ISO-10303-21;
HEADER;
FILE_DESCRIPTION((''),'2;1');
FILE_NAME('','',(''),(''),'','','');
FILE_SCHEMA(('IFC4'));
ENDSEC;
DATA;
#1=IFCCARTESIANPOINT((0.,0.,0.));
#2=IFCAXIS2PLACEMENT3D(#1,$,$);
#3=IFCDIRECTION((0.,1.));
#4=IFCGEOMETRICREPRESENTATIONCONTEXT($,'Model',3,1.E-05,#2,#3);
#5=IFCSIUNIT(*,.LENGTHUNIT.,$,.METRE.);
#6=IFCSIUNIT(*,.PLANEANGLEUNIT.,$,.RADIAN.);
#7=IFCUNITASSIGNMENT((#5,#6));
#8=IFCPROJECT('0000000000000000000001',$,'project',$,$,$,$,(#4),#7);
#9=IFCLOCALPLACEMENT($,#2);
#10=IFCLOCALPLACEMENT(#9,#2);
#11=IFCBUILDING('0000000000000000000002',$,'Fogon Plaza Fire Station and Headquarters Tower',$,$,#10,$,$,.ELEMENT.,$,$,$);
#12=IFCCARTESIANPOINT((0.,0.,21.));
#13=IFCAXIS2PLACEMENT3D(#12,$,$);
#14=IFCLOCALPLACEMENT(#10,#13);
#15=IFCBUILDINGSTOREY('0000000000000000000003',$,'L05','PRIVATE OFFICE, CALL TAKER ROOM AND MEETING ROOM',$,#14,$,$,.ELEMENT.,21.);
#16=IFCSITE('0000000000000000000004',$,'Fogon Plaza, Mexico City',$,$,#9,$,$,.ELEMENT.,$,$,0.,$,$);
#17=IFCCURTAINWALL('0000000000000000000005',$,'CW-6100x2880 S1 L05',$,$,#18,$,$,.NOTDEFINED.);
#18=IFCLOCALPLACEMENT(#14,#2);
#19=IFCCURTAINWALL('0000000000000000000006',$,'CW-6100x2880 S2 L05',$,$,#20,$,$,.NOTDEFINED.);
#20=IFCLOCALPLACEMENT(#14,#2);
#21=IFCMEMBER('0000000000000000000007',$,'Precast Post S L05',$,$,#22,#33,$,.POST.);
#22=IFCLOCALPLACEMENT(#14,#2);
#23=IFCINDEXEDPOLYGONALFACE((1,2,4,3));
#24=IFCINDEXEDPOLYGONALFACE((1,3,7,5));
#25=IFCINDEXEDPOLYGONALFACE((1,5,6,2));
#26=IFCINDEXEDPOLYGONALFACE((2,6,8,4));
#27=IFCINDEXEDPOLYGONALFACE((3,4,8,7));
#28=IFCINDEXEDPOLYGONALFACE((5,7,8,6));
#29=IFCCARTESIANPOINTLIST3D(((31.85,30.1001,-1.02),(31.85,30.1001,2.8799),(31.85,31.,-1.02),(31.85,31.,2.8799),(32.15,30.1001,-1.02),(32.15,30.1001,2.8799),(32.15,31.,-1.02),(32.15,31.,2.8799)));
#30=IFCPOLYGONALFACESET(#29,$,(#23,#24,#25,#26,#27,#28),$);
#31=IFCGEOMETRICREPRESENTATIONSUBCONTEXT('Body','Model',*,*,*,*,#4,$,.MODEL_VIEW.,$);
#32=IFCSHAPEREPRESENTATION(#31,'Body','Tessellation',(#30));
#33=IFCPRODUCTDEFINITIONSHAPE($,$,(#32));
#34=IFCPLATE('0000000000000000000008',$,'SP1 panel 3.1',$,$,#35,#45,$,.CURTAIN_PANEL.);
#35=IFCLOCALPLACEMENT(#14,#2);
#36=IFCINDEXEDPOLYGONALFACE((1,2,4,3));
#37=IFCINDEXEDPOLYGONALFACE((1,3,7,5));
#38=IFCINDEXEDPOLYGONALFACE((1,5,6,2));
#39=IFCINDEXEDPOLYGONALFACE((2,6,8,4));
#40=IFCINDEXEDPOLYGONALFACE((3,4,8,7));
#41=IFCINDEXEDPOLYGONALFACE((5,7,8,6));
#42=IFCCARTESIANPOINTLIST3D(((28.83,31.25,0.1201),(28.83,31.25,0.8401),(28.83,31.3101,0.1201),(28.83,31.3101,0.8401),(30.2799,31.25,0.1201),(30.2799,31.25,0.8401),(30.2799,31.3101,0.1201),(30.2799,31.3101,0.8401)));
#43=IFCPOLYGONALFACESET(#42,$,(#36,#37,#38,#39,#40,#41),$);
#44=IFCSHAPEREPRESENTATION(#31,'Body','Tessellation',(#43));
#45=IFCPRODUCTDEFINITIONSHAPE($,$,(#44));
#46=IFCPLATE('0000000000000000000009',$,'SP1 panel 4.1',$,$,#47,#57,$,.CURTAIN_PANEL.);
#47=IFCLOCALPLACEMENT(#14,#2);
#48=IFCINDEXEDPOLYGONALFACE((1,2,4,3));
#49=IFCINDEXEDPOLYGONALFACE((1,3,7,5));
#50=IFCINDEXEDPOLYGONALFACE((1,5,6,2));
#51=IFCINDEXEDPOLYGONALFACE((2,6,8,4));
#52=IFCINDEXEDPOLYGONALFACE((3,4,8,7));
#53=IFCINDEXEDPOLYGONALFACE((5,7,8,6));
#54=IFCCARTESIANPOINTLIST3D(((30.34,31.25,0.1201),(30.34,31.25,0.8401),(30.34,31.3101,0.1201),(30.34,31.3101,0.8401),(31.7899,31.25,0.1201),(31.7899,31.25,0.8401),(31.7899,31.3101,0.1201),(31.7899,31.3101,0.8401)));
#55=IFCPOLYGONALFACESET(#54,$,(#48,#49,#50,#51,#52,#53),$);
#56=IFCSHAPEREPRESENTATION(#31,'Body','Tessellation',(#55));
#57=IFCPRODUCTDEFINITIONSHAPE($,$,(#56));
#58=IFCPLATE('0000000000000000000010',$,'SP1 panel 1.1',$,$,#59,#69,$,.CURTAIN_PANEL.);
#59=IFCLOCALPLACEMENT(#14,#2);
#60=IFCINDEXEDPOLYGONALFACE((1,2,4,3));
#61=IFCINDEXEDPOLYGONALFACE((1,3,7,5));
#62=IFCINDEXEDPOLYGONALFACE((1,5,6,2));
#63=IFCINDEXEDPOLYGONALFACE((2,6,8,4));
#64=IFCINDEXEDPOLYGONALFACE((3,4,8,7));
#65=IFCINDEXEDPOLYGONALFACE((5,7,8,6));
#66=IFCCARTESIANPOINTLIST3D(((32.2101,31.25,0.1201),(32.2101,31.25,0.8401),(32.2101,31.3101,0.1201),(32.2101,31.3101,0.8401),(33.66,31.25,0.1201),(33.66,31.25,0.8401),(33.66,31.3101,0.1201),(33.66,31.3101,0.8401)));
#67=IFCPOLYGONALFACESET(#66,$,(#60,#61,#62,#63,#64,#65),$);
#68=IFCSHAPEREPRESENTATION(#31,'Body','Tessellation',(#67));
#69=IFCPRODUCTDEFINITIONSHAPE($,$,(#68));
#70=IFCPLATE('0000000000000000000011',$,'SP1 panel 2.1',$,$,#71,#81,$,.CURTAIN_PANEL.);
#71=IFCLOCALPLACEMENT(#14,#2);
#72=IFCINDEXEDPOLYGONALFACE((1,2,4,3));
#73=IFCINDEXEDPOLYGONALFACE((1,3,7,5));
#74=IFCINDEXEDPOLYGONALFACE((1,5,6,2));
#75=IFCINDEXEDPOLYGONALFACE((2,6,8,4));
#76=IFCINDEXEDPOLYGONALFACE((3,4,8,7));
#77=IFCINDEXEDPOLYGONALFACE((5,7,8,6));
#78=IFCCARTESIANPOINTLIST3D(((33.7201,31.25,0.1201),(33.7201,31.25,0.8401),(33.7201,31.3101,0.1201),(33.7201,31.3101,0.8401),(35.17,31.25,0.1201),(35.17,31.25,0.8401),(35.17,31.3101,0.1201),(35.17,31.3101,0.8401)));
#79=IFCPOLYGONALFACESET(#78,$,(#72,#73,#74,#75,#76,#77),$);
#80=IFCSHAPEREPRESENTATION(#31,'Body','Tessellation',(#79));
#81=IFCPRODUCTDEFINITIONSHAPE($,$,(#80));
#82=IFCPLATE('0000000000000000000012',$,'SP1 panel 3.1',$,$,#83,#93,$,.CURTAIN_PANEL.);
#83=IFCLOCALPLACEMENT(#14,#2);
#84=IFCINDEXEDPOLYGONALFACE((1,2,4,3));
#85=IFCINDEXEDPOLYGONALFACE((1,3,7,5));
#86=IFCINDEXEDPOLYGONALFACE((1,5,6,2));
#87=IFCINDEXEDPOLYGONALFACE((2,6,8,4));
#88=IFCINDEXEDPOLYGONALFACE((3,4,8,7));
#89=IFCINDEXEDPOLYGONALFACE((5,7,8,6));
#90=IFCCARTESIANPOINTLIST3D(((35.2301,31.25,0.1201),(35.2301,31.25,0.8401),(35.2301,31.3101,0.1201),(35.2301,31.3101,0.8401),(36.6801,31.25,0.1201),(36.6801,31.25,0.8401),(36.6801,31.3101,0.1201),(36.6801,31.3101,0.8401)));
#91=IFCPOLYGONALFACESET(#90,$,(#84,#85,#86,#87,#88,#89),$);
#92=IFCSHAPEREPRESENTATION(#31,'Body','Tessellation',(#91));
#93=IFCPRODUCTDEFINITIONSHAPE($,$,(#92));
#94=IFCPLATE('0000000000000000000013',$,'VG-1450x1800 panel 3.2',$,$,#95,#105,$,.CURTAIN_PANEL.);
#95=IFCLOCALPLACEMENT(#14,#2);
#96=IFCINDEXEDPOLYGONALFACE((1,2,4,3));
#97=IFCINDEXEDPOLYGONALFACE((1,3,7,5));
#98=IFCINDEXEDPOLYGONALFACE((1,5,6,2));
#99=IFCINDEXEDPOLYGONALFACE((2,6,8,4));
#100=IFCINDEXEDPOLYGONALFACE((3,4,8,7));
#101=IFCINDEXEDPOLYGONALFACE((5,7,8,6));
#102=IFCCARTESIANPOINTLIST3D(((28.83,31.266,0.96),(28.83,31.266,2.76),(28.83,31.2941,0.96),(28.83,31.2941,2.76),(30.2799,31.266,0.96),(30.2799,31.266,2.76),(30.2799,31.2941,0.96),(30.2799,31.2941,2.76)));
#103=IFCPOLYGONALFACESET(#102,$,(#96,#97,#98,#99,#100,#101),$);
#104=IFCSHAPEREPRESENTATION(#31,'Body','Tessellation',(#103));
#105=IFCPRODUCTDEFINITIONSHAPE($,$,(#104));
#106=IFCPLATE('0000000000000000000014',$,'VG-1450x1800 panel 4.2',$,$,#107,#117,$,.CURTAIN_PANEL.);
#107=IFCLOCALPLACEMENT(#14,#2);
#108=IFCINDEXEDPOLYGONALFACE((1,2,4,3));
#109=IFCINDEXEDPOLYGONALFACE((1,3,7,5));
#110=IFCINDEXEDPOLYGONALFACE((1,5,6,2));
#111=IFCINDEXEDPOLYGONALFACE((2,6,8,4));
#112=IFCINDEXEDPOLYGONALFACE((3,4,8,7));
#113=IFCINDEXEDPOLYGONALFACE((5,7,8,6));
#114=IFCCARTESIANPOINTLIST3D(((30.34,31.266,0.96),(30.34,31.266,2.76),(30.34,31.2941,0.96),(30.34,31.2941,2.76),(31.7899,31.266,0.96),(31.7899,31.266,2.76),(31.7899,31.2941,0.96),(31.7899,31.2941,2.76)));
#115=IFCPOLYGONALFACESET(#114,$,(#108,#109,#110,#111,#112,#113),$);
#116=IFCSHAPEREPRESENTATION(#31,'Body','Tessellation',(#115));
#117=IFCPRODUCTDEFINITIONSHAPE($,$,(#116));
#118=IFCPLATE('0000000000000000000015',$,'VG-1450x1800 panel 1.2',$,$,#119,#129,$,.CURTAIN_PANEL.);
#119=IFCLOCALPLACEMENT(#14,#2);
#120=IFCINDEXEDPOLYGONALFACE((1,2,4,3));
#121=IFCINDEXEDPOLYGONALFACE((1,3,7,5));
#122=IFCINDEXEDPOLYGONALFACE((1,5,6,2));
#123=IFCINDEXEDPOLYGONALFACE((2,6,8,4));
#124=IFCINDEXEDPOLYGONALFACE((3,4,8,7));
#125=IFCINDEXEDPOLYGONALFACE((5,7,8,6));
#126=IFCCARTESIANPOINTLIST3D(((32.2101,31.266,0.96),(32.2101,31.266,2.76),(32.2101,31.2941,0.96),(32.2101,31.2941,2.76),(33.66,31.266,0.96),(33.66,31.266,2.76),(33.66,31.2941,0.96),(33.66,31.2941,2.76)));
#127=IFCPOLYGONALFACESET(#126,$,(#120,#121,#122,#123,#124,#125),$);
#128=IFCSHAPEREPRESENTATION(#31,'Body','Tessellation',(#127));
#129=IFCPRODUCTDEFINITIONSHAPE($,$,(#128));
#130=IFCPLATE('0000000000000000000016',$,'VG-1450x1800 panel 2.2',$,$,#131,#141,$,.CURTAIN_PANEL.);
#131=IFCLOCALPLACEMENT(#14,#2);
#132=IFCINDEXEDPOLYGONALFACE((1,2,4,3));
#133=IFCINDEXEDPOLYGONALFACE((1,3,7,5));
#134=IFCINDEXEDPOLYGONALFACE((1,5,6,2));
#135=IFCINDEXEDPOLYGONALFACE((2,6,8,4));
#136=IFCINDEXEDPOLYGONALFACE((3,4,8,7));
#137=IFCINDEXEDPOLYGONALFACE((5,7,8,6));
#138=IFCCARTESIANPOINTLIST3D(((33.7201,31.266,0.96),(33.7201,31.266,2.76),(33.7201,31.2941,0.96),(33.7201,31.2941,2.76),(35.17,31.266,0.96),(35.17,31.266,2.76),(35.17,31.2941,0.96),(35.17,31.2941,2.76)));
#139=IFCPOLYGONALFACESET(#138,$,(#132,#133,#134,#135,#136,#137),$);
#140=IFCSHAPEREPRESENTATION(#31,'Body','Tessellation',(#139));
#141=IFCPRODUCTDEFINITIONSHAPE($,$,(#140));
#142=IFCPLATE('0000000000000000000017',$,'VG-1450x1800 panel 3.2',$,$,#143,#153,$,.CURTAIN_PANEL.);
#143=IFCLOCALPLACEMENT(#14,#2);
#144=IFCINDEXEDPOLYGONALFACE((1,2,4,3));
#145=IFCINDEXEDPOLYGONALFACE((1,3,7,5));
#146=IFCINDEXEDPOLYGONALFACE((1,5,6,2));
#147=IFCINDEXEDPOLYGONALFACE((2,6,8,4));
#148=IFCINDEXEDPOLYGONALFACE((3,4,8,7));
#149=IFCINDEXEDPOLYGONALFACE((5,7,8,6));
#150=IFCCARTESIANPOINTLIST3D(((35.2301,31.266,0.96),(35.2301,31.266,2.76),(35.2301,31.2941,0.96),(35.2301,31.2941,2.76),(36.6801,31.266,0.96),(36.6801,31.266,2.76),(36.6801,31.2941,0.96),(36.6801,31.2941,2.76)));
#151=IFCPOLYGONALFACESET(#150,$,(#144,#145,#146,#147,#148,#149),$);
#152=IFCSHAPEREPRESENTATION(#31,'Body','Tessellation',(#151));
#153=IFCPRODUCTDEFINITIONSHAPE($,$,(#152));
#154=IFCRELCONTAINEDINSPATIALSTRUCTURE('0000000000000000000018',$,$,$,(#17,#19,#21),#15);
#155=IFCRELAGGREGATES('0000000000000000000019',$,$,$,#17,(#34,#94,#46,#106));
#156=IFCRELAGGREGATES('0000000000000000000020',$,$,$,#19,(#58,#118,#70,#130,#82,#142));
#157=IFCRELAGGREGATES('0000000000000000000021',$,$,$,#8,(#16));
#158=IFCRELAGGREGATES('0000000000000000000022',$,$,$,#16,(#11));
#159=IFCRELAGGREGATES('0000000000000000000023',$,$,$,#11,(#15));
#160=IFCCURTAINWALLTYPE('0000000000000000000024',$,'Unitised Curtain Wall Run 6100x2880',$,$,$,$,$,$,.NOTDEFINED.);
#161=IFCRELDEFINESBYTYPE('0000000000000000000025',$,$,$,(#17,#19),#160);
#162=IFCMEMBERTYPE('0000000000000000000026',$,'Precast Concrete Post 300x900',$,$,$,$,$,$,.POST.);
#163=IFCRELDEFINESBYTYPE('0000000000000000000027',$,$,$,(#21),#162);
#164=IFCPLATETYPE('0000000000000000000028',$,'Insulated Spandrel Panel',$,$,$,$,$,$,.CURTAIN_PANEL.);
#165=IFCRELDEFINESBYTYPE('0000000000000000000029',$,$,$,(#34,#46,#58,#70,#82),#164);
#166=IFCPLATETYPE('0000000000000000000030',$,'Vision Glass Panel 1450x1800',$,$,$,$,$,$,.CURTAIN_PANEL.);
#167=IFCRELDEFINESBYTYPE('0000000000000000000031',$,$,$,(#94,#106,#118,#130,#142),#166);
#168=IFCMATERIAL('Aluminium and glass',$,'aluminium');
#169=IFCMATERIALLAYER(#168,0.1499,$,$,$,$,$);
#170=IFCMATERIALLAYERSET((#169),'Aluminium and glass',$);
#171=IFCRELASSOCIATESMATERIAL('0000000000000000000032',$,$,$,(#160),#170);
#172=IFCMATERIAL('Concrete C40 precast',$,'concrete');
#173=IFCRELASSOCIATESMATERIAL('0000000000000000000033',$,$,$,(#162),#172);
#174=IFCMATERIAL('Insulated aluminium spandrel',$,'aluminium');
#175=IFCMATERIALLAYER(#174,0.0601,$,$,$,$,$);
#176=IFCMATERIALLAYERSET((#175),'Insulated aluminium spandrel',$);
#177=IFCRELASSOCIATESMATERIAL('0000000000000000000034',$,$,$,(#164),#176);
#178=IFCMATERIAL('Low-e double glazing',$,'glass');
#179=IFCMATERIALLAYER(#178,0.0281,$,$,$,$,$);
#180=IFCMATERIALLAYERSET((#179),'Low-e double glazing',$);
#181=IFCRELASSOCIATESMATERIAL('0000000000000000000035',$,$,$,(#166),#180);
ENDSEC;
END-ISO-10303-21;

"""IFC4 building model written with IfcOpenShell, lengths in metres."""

from ifc_helpers import new_model, si_unit, direction, frame, origin, origin_2d, place, context, subcontext, project, spatial, rectangle, extrude, material, layer, layer_set, material_profile, profile_set, type_object, element, aggregate, save


model = new_model("IFC4")

# Units and contexts
model_context = context("Model", 3, precision=1e-05, world=origin(), true_north=direction((0.0, 1.0)))
body_context = subcontext(model_context, "Body", "Model", "MODEL_VIEW")
ifc_project = project(units=[si_unit("LENGTHUNIT", "METRE"), si_unit("PLANEANGLEUNIT", "RADIAN")], contexts=[model_context])

# Site, building, storey
site_placement = place(None, origin())
site = spatial("IfcSite", under=ifc_project, at=site_placement, Name="Fogon Plaza, Mexico City", CompositionType="ELEMENT", RefElevation=0.0)
building_placement = place(site_placement, origin())
building = spatial("IfcBuilding", under=site, at=building_placement, Name="Fogon Plaza Fire Station and Headquarters Tower", CompositionType="ELEMENT")
storey_placement = place(building_placement, frame((0.0, 0.0, 21.0)))
storey = spatial("IfcBuildingStorey", under=building, at=storey_placement, Name="L05", Description="PRIVATE OFFICE, CALL TAKER ROOM AND MEETING ROOM", CompositionType="ELEMENT", Elevation=21.0)

# Curtain walls
ifc_material_1 = material(Name="Aluminium and glass", Category="aluminium")
ifc_layer_1 = layer(ifc_material_1, 0.1499)
ifc_layer_set_1 = layer_set([ifc_layer_1], Name="Aluminium and glass")
curtain_wall_type = type_object("IfcCurtainWallType", Name="Unitised Curtain Wall Run 6100x2880", PredefinedType="NOTDEFINED", material=ifc_layer_set_1)
curtain_wall_1_placement = place(storey_placement, origin())
curtain_wall_1 = element("IfcCurtainWall", 1, at=curtain_wall_1_placement, inside=storey, type_object=curtain_wall_type, Name="CW-6100x2880 S1 L05", PredefinedType="NOTDEFINED")
curtain_wall_2_placement = place(storey_placement, origin())
curtain_wall_2 = element("IfcCurtainWall", 2, at=curtain_wall_2_placement, inside=storey, type_object=curtain_wall_type, Name="CW-6100x2880 S2 L05", PredefinedType="NOTDEFINED")

# Member
ifc_material_2 = material(Name="Concrete C40 precast", Category="concrete")
ifc_material_profile_1 = material_profile(ifc_material_2, rectangle(XDim=0.3, YDim=0.8999, at=origin_2d()), Name="Precast Concrete Post 300x900")
ifc_profile_set_1 = profile_set([ifc_material_profile_1], Name="Concrete C40 precast")
member_type_1 = type_object("IfcMemberType", Name="Precast Concrete Post 300x900", PredefinedType="POST", material=ifc_profile_set_1)
member_1_placement = place(storey_placement, frame((32.0, 30.55, -1.02), z_axis=(0.0, 0.0, 1.0), x_axis=(1.0, 0.0, 0.0)))
element("IfcMember", 3, at=member_1_placement, inside=storey, type_object=member_type_1, Name="Precast Post S L05", PredefinedType="POST", context=body_context, shape_type="SweptSolid", body=[
    extrude(rectangle(XDim=0.3, YDim=0.8999, at=origin_2d()), origin(), (0.0, 0.0, 1.0), 3.8999),
])

# Plates
ifc_material_3 = material(Name="Insulated aluminium spandrel", Category="aluminium")
ifc_layer_2 = layer(ifc_material_3, 0.0601)
ifc_layer_set_2 = layer_set([ifc_layer_2], Name="Insulated aluminium spandrel")
plate_type_1 = type_object("IfcPlateType", Name="Insulated Spandrel Panel", PredefinedType="CURTAIN_PANEL", material=ifc_layer_set_2)
plate_1_placement = place(storey_placement, frame((29.5549, 31.28, 0.1201), z_axis=(0.0, 0.0, 1.0), x_axis=(1.0, 0.0, 0.0)))
plate_1 = element("IfcPlate", 4, at=plate_1_placement, type_object=plate_type_1, Name="SP1 panel 3.1", PredefinedType="CURTAIN_PANEL", context=body_context, shape_type="SweptSolid", body=[
    extrude(rectangle(XDim=1.45, YDim=0.0601, at=origin_2d()), origin(), (0.0, 0.0, 1.0), 0.72),
])
plate_2_placement = place(storey_placement, frame((31.0649, 31.28, 0.1201), z_axis=(0.0, 0.0, 1.0), x_axis=(1.0, 0.0, 0.0)))
plate_2 = element("IfcPlate", 5, at=plate_2_placement, type_object=plate_type_1, Name="SP1 panel 4.1", PredefinedType="CURTAIN_PANEL", context=body_context, shape_type="SweptSolid", body=[
    extrude(rectangle(XDim=1.45, YDim=0.0601, at=origin_2d()), origin(), (0.0, 0.0, 1.0), 0.72),
])
plate_3_placement = place(storey_placement, frame((32.9351, 31.28, 0.1201), z_axis=(0.0, 0.0, 1.0), x_axis=(1.0, 0.0, 0.0)))
plate_3 = element("IfcPlate", 6, at=plate_3_placement, type_object=plate_type_1, Name="SP1 panel 1.1", PredefinedType="CURTAIN_PANEL", context=body_context, shape_type="SweptSolid", body=[
    extrude(rectangle(XDim=1.45, YDim=0.0601, at=origin_2d()), origin(), (0.0, 0.0, 1.0), 0.72),
])
plate_4_placement = place(storey_placement, frame((34.4451, 31.28, 0.1201), z_axis=(0.0, 0.0, 1.0), x_axis=(1.0, 0.0, 0.0)))
plate_4 = element("IfcPlate", 7, at=plate_4_placement, type_object=plate_type_1, Name="SP1 panel 2.1", PredefinedType="CURTAIN_PANEL", context=body_context, shape_type="SweptSolid", body=[
    extrude(rectangle(XDim=1.45, YDim=0.0601, at=origin_2d()), origin(), (0.0, 0.0, 1.0), 0.72),
])
plate_5_placement = place(storey_placement, frame((35.9551, 31.28, 0.1201), z_axis=(0.0, 0.0, 1.0), x_axis=(1.0, 0.0, 0.0)))
plate_5 = element("IfcPlate", 8, at=plate_5_placement, type_object=plate_type_1, Name="SP1 panel 3.1", PredefinedType="CURTAIN_PANEL", context=body_context, shape_type="SweptSolid", body=[
    extrude(rectangle(XDim=1.45, YDim=0.0601, at=origin_2d()), origin(), (0.0, 0.0, 1.0), 0.72),
])
ifc_material_4 = material(Name="Low-e double glazing", Category="glass")
ifc_layer_3 = layer(ifc_material_4, 0.0281)
ifc_layer_set_3 = layer_set([ifc_layer_3], Name="Low-e double glazing")
plate_type_2 = type_object("IfcPlateType", Name="Vision Glass Panel 1450x1800", PredefinedType="CURTAIN_PANEL", material=ifc_layer_set_3)
plate_6_placement = place(storey_placement, frame((29.5549, 31.28, 0.96), z_axis=(0.0, 0.0, 1.0), x_axis=(1.0, 0.0, 0.0)))
plate_6 = element("IfcPlate", 9, at=plate_6_placement, type_object=plate_type_2, Name="VG-1450x1800 panel 3.2", PredefinedType="CURTAIN_PANEL", context=body_context, shape_type="SweptSolid", body=[
    extrude(rectangle(XDim=1.45, YDim=0.0281, at=origin_2d()), origin(), (0.0, 0.0, 1.0), 1.8),
])
plate_7_placement = place(storey_placement, frame((31.0649, 31.28, 0.96), z_axis=(0.0, 0.0, 1.0), x_axis=(1.0, 0.0, 0.0)))
plate_7 = element("IfcPlate", 10, at=plate_7_placement, type_object=plate_type_2, Name="VG-1450x1800 panel 4.2", PredefinedType="CURTAIN_PANEL", context=body_context, shape_type="SweptSolid", body=[
    extrude(rectangle(XDim=1.45, YDim=0.0281, at=origin_2d()), origin(), (0.0, 0.0, 1.0), 1.8),
])
aggregate(curtain_wall_1, [plate_1, plate_6, plate_2, plate_7])
plate_8_placement = place(storey_placement, frame((32.9351, 31.28, 0.96), z_axis=(0.0, 0.0, 1.0), x_axis=(1.0, 0.0, 0.0)))
plate_8 = element("IfcPlate", 11, at=plate_8_placement, type_object=plate_type_2, Name="VG-1450x1800 panel 1.2", PredefinedType="CURTAIN_PANEL", context=body_context, shape_type="SweptSolid", body=[
    extrude(rectangle(XDim=1.45, YDim=0.0281, at=origin_2d()), origin(), (0.0, 0.0, 1.0), 1.8),
])
plate_9_placement = place(storey_placement, frame((34.4451, 31.28, 0.96), z_axis=(0.0, 0.0, 1.0), x_axis=(1.0, 0.0, 0.0)))
plate_9 = element("IfcPlate", 12, at=plate_9_placement, type_object=plate_type_2, Name="VG-1450x1800 panel 2.2", PredefinedType="CURTAIN_PANEL", context=body_context, shape_type="SweptSolid", body=[
    extrude(rectangle(XDim=1.45, YDim=0.0281, at=origin_2d()), origin(), (0.0, 0.0, 1.0), 1.8),
])
plate_10_placement = place(storey_placement, frame((35.9551, 31.28, 0.96), z_axis=(0.0, 0.0, 1.0), x_axis=(1.0, 0.0, 0.0)))
plate_10 = element("IfcPlate", 13, at=plate_10_placement, type_object=plate_type_2, Name="VG-1450x1800 panel 3.2", PredefinedType="CURTAIN_PANEL", context=body_context, shape_type="SweptSolid", body=[
    extrude(rectangle(XDim=1.45, YDim=0.0281, at=origin_2d()), origin(), (0.0, 0.0, 1.0), 1.8),
])
aggregate(curtain_wall_2, [plate_3, plate_8, plate_4, plate_9, plate_5, plate_10])

save(model, "model.ifc")
